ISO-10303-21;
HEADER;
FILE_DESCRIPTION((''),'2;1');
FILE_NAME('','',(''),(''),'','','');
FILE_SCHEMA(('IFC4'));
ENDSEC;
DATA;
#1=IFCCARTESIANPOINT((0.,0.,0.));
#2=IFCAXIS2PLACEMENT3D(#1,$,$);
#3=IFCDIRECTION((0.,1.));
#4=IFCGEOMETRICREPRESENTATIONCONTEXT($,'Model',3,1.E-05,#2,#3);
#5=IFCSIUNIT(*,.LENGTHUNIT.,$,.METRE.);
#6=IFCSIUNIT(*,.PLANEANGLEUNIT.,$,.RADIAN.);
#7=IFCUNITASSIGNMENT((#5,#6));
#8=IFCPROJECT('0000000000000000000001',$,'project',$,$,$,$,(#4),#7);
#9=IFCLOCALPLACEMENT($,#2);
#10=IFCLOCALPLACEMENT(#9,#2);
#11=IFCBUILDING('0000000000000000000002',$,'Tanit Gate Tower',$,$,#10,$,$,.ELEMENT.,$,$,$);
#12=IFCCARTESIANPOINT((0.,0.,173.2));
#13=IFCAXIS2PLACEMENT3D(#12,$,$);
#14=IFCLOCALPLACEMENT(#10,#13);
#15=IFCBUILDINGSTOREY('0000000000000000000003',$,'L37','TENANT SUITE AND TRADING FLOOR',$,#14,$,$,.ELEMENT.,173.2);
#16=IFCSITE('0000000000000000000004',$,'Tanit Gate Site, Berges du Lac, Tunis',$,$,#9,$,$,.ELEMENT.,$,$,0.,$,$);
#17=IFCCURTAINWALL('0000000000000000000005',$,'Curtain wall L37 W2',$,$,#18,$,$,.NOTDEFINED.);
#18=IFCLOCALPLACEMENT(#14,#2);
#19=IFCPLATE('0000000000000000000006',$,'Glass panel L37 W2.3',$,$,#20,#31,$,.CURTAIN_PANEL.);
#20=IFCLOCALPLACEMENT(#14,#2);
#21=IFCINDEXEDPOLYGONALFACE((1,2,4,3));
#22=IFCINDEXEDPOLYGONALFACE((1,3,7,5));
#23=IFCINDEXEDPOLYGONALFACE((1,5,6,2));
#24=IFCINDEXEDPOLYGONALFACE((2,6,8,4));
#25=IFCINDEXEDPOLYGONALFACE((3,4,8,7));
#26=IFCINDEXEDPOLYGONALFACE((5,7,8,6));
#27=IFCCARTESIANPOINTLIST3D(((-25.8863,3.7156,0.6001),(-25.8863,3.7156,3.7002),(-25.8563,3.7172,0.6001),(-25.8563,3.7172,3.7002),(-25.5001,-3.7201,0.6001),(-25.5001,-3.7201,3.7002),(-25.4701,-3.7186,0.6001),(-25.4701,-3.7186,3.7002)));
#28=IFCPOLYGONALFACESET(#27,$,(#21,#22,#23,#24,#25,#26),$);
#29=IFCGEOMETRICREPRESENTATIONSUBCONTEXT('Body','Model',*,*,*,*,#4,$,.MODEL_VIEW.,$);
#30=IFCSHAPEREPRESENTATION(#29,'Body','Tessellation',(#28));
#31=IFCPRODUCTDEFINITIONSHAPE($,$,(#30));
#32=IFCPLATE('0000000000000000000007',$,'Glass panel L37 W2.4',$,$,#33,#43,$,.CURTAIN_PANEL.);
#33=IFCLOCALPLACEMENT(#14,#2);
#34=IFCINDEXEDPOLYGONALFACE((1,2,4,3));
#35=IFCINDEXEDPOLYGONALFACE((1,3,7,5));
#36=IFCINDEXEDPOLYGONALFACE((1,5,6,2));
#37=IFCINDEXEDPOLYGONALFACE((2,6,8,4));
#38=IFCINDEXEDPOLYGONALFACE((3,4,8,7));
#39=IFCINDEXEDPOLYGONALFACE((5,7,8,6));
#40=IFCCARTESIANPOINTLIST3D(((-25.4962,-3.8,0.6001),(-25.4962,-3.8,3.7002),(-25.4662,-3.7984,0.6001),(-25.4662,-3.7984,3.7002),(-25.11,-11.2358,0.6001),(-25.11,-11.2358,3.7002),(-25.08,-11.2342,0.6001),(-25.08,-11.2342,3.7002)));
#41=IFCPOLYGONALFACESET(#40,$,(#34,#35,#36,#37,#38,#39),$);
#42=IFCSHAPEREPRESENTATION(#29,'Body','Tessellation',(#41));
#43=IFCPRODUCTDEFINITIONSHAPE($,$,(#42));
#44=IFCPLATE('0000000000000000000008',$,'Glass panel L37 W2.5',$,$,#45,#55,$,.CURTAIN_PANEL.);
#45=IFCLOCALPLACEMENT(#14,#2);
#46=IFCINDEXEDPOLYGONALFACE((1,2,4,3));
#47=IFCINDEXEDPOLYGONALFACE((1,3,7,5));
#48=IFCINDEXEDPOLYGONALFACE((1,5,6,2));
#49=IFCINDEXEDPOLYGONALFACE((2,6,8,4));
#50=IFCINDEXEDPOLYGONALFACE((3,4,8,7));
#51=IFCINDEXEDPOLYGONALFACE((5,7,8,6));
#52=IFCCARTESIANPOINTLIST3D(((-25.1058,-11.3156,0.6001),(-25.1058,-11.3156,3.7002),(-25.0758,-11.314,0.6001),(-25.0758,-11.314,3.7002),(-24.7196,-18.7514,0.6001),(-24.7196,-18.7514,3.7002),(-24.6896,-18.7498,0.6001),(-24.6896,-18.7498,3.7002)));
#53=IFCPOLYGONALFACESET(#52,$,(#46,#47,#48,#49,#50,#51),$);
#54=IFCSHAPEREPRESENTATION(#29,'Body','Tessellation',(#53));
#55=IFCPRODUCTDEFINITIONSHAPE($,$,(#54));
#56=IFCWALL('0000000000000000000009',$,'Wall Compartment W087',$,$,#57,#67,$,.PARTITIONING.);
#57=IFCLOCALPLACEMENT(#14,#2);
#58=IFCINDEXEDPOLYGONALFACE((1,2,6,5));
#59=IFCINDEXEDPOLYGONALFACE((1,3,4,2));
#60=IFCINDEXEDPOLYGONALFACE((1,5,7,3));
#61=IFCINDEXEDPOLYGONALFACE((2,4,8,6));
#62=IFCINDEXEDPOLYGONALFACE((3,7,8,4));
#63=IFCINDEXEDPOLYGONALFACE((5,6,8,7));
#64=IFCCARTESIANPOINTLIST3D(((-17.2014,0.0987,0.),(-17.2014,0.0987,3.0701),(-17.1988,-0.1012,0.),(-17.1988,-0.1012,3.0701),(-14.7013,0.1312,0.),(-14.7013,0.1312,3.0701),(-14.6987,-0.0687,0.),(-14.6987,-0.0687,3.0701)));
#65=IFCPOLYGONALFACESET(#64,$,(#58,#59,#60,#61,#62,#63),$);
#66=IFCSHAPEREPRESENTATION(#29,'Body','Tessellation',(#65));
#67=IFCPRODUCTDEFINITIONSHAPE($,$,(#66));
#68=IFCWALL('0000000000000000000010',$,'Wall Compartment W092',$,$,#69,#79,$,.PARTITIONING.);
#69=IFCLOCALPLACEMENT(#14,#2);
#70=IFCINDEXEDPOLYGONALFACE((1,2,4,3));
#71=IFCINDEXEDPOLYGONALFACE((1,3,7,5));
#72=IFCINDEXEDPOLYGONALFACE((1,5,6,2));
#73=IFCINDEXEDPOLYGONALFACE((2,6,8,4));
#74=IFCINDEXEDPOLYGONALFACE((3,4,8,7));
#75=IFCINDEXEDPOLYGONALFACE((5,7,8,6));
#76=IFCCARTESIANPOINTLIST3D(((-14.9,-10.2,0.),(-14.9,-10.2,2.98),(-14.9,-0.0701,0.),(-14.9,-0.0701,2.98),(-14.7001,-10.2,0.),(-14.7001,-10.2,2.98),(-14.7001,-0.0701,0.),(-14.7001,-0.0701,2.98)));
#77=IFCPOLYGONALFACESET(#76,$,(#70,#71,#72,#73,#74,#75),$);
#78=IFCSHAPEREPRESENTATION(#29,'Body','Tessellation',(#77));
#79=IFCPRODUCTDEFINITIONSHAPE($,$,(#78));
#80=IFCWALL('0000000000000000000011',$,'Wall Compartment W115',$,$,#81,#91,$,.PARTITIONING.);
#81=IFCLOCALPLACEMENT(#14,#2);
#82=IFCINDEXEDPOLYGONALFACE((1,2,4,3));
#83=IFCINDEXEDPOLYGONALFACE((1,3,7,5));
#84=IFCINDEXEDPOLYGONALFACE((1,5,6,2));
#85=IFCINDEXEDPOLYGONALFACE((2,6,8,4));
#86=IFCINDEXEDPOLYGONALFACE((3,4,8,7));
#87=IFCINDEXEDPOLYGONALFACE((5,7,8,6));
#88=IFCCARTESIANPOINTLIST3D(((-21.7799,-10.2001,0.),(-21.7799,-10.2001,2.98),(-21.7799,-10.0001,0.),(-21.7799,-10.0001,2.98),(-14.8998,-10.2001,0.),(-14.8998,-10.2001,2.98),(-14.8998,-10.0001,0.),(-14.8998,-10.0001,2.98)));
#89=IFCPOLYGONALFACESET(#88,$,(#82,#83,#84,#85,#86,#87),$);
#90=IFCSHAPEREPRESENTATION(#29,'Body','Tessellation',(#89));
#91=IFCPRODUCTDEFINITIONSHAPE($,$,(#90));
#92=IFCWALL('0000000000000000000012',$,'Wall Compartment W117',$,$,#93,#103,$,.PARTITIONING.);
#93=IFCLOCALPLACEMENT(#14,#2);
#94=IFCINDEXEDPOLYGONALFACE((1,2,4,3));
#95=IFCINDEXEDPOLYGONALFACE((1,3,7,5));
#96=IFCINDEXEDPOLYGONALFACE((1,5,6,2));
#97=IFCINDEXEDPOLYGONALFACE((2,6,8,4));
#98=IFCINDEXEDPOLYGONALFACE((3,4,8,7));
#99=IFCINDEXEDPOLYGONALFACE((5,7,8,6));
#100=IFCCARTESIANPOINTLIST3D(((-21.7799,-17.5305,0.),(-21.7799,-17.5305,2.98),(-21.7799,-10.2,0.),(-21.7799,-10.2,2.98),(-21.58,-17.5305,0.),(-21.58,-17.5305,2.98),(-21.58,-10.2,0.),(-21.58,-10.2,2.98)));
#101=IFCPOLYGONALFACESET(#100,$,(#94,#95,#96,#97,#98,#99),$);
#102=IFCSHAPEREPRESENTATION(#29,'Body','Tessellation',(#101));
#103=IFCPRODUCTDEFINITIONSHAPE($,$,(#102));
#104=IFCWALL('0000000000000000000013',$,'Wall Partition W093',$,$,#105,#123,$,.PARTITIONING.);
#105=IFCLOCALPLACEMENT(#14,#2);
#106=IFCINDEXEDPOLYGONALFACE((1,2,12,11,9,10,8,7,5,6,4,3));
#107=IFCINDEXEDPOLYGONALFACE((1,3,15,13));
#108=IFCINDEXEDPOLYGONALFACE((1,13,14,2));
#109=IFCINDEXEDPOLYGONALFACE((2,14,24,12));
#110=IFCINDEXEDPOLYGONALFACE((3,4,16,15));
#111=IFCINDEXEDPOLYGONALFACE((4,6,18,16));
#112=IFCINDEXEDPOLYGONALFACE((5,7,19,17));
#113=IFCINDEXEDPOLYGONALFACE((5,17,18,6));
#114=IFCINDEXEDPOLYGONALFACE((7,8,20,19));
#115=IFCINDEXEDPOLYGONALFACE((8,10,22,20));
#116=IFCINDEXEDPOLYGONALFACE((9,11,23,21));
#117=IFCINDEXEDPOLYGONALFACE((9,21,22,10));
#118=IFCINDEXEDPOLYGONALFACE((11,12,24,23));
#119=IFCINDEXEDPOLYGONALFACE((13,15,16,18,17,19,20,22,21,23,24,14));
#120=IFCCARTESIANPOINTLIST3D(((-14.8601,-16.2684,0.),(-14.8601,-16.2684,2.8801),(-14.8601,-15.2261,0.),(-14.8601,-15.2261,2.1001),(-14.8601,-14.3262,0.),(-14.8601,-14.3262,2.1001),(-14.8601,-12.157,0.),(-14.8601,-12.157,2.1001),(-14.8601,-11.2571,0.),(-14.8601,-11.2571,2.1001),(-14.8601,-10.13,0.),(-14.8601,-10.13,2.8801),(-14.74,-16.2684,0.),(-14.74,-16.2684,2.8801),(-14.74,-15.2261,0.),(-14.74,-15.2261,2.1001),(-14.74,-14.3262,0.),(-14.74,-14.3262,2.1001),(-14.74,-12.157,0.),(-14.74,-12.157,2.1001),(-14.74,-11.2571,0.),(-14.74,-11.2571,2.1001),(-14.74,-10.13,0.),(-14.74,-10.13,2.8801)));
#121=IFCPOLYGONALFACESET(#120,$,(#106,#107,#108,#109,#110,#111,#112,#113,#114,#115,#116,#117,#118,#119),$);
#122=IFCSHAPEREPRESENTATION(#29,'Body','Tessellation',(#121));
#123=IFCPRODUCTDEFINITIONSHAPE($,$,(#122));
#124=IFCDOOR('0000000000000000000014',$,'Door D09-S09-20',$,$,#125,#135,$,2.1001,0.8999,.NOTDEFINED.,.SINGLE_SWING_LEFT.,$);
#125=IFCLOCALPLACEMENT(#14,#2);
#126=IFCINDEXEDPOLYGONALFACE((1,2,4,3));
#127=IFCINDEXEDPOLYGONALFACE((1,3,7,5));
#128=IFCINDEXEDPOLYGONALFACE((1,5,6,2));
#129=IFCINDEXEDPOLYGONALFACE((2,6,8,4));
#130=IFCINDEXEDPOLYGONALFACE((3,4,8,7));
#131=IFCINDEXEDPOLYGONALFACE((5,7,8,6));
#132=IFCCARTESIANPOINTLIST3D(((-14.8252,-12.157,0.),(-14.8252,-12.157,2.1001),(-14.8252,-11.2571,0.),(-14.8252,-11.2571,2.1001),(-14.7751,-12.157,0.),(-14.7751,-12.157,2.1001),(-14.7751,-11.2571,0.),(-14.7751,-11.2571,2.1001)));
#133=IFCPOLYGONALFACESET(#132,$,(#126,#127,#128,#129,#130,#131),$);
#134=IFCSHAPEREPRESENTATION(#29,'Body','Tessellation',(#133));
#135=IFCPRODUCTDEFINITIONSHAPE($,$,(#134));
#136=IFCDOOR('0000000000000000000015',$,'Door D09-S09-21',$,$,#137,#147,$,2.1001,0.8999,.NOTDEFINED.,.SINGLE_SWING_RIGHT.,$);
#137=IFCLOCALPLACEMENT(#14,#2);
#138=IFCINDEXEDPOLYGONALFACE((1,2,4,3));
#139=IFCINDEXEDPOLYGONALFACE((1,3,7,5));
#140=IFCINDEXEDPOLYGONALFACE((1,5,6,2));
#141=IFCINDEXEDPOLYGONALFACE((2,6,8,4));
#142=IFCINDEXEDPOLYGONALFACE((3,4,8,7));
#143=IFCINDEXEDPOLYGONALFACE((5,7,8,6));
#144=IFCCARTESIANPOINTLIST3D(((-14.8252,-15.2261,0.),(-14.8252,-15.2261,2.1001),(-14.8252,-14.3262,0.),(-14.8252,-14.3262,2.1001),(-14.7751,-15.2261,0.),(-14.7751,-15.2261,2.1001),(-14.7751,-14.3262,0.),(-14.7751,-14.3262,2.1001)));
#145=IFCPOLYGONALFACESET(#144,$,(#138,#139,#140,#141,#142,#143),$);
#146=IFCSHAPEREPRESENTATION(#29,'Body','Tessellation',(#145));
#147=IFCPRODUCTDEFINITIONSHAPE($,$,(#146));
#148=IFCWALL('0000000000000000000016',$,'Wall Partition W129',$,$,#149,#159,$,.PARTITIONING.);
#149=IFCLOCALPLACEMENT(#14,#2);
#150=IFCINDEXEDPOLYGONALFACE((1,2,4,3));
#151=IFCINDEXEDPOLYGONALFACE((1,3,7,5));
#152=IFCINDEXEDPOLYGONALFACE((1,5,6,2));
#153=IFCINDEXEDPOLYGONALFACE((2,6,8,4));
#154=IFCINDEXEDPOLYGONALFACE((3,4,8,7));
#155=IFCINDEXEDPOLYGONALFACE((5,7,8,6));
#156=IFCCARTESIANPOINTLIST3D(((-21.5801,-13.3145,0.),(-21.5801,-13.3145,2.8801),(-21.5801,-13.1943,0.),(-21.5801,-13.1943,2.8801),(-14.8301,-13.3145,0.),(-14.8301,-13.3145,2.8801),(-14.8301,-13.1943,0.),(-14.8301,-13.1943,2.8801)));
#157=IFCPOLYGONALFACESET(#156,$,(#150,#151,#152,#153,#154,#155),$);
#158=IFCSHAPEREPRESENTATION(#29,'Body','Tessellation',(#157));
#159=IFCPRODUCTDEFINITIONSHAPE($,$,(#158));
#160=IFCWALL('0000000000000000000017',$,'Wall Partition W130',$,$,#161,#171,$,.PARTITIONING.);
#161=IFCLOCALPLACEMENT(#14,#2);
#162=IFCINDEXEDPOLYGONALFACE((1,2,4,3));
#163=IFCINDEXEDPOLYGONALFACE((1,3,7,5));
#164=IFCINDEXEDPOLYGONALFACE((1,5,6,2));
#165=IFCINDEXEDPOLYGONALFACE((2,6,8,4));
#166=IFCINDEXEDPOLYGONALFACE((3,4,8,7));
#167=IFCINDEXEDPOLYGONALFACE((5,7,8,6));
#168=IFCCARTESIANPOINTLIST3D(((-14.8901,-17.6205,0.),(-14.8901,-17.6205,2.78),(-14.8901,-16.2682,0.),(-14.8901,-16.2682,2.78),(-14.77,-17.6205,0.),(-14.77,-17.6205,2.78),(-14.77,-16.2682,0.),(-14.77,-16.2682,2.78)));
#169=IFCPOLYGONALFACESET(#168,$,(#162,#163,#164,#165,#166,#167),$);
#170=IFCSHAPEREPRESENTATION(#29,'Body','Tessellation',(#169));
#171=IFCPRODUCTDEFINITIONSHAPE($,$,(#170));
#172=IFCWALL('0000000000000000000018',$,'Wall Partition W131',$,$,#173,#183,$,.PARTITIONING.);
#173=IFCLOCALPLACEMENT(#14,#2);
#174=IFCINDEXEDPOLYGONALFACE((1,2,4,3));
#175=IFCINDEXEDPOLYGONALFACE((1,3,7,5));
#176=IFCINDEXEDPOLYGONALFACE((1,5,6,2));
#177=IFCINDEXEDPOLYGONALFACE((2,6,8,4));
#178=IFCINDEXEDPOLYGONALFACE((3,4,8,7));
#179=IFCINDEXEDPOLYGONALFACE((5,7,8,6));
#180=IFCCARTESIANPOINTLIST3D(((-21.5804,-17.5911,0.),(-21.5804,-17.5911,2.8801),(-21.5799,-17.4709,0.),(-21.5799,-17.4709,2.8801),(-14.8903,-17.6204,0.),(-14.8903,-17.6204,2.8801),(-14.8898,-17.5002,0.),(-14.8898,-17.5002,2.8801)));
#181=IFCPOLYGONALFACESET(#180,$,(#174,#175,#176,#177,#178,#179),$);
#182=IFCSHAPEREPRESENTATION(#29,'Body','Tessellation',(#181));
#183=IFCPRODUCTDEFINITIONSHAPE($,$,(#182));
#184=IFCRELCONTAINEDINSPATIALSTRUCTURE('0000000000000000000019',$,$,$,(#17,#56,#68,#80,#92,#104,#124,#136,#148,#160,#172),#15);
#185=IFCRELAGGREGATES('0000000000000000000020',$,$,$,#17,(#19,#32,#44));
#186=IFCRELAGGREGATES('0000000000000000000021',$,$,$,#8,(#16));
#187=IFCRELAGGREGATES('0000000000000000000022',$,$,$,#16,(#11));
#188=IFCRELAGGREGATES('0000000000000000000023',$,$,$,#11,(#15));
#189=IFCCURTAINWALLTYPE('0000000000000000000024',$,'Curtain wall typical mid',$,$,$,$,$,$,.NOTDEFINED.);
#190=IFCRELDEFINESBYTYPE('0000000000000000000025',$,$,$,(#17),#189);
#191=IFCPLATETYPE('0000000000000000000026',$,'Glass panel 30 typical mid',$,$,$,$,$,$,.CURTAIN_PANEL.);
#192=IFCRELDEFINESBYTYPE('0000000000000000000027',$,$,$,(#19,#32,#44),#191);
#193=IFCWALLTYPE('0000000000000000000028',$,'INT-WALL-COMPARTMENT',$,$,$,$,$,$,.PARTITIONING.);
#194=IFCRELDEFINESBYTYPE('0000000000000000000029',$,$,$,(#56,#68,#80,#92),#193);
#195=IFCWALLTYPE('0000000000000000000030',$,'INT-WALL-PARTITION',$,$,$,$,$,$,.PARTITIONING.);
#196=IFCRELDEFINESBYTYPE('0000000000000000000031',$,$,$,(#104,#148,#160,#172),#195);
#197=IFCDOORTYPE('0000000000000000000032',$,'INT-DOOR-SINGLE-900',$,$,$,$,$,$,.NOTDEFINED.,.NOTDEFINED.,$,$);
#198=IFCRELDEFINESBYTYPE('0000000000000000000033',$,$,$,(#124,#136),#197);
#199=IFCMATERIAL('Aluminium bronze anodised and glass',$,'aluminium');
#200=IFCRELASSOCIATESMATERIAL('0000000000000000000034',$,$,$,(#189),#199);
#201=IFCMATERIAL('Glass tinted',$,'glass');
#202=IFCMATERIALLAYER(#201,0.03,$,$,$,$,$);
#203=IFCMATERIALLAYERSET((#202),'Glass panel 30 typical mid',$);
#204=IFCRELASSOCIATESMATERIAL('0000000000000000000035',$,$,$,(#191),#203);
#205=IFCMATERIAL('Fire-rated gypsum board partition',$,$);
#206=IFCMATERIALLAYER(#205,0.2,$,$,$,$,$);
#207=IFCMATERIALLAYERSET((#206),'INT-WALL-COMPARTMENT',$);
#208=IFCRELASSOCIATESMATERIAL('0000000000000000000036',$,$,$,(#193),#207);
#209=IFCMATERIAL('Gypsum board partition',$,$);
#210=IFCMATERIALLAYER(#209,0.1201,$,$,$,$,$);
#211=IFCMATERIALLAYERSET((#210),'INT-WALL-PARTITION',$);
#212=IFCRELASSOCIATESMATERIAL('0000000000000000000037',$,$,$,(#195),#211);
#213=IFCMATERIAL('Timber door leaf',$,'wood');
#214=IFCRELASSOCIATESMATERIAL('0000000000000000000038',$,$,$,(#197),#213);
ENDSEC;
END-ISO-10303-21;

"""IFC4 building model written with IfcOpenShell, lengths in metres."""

from ifc_helpers import new_model, si_unit, direction, frame, frame_2d, origin, origin_2d, place, context, subcontext, project, spatial, rectangle, extrude, material, layer, layer_set, type_object, element, fill, aggregate, save


model = new_model("IFC4")

# Units and contexts
model_context = context("Model", 3, precision=1e-05, world=origin(), true_north=direction((0.0, 1.0)))
body_context = subcontext(model_context, "Body", "Model", "MODEL_VIEW")
ifc_project = project(units=[si_unit("LENGTHUNIT", "METRE"), si_unit("PLANEANGLEUNIT", "RADIAN")], contexts=[model_context])

# Site, building, storey
site_placement = place(None, origin())
site = spatial("IfcSite", under=ifc_project, at=site_placement, Name="Tanit Gate Site, Berges du Lac, Tunis", CompositionType="ELEMENT", RefElevation=0.0)
building_placement = place(site_placement, origin())
building = spatial("IfcBuilding", under=site, at=building_placement, Name="Tanit Gate Tower", CompositionType="ELEMENT")
storey_placement = place(building_placement, frame((0.0, 0.0, 173.2)))
storey = spatial("IfcBuildingStorey", under=building, at=storey_placement, Name="L37", Description="TENANT SUITE AND TRADING FLOOR", CompositionType="ELEMENT", Elevation=173.2)

# Curtain wall
ifc_material_1 = material(Name="Aluminium bronze anodised and glass", Category="aluminium")
curtain_wall_type = type_object("IfcCurtainWallType", Name="Curtain wall typical mid", PredefinedType="NOTDEFINED", material=ifc_material_1)
curtain_wall_placement = place(storey_placement, origin())
curtain_wall = element("IfcCurtainWall", 1, at=curtain_wall_placement, inside=storey, type_object=curtain_wall_type, Name="Curtain wall L37 W2", PredefinedType="NOTDEFINED")

# Plates
ifc_material_2 = material(Name="Glass tinted", Category="glass")
ifc_layer_1 = layer(ifc_material_2, 0.03)
ifc_layer_set_1 = layer_set([ifc_layer_1], Name="Glass panel 30 typical mid")
plate_type = type_object("IfcPlateType", Name="Glass panel 30 typical mid", PredefinedType="CURTAIN_PANEL", material=ifc_layer_set_1)
plate_1_placement = place(storey_placement, frame((-25.6782, -0.0015, 0.6001), z_axis=(0.0, 0.0, 1.0), x_axis=(0.051865, -0.998654, 0.0)))
plate_1 = element("IfcPlate", 2, at=plate_1_placement, type_object=plate_type, Name="Glass panel L37 W2.3", PredefinedType="CURTAIN_PANEL", context=body_context, shape_type="SweptSolid", body=[
    extrude(rectangle(XDim=7.4458, YDim=0.03, at=origin_2d()), origin(), (0.0, 0.0, 1.0), 3.1001),
])
plate_2_placement = place(storey_placement, frame((-25.2881, -7.5171, 0.6001), z_axis=(0.0, 0.0, 1.0), x_axis=(0.051865, -0.998654, 0.0)))
plate_2 = element("IfcPlate", 3, at=plate_2_placement, type_object=plate_type, Name="Glass panel L37 W2.4", PredefinedType="CURTAIN_PANEL", context=body_context, shape_type="SweptSolid", body=[
    extrude(rectangle(XDim=7.4458, YDim=0.03, at=origin_2d()), origin(), (0.0, 0.0, 1.0), 3.1001),
])
plate_3_placement = place(storey_placement, frame((-24.8977, -15.0327, 0.6001), z_axis=(0.0, 0.0, 1.0), x_axis=(0.051865, -0.998654, 0.0)))
plate_3 = element("IfcPlate", 4, at=plate_3_placement, type_object=plate_type, Name="Glass panel L37 W2.5", PredefinedType="CURTAIN_PANEL", context=body_context, shape_type="SweptSolid", body=[
    extrude(rectangle(XDim=7.4458, YDim=0.03, at=origin_2d()), origin(), (0.0, 0.0, 1.0), 3.1001),
])
aggregate(curtain_wall, [plate_1, plate_2, plate_3])

# Walls
ifc_material_3 = material(Name="Fire-rated gypsum board partition")
ifc_layer_2 = layer(ifc_material_3, 0.2)
ifc_layer_set_2 = layer_set([ifc_layer_2], Name="INT-WALL-COMPARTMENT")
wall_type_1 = type_object("IfcWallType", Name="INT-WALL-COMPARTMENT", PredefinedType="PARTITIONING", material=ifc_layer_set_2)
wall_1_placement = place(storey_placement, frame((-17.2, -0.0012, 0.0), z_axis=(0.0, 0.0, 1.0), x_axis=(0.999916, 0.012987, 0.0)))
element("IfcWall", 5, at=wall_1_placement, inside=storey, type_object=wall_type_1, Name="Wall Compartment W087", PredefinedType="PARTITIONING", context=body_context, shape_type="SweptSolid", body=[
    extrude(rectangle(XDim=2.5002, YDim=0.2, at=frame_2d((1.25, 0.0))), origin(), (0.0, 0.0, 1.0), 3.0701),
])
wall_2_placement = place(storey_placement, frame((-14.8, -0.0701, 0.0), z_axis=(0.0, 0.0, 1.0), x_axis=(0.0, -1.0, 0.0)))
element("IfcWall", 6, at=wall_2_placement, inside=storey, type_object=wall_type_1, Name="Wall Compartment W092", PredefinedType="PARTITIONING", context=body_context, shape_type="SweptSolid", body=[
    extrude(rectangle(XDim=10.1299, YDim=0.2, at=frame_2d((5.0649, 0.0))), origin(), (0.0, 0.0, 1.0), 2.98),
])
wall_3_placement = place(storey_placement, frame((-14.8999, -10.1001, 0.0), z_axis=(0.0, 0.0, 1.0), x_axis=(-1.0, 0.0, 0.0)))
element("IfcWall", 7, at=wall_3_placement, inside=storey, type_object=wall_type_1, Name="Wall Compartment W115", PredefinedType="PARTITIONING", context=body_context, shape_type="SweptSolid", body=[
    extrude(rectangle(XDim=6.8801, YDim=0.2, at=frame_2d((3.4399, 0.0))), origin(), (0.0, 0.0, 1.0), 2.98),
])
wall_4_placement = place(storey_placement, frame((-21.6799, -17.5305, 0.0), z_axis=(0.0, 0.0, 1.0), x_axis=(0.0, 1.0, 0.0)))
element("IfcWall", 8, at=wall_4_placement, inside=storey, type_object=wall_type_1, Name="Wall Compartment W117", PredefinedType="PARTITIONING", context=body_context, shape_type="SweptSolid", body=[
    extrude(rectangle(XDim=7.3306, YDim=0.2, at=frame_2d((3.6653, 0.0))), origin(), (0.0, 0.0, 1.0), 2.98),
])

# Wall, openings, doors
ifc_material_4 = material(Name="Gypsum board partition")
ifc_layer_3 = layer(ifc_material_4, 0.1201)
ifc_layer_set_3 = layer_set([ifc_layer_3], Name="INT-WALL-PARTITION")
wall_type_2 = type_object("IfcWallType", Name="INT-WALL-PARTITION", PredefinedType="PARTITIONING", material=ifc_layer_set_3)
wall_5_placement = place(storey_placement, frame((-14.8, -10.1299, 0.0), z_axis=(0.0, 0.0, 1.0), x_axis=(0.0, -1.0, 0.0)))
wall_5 = element("IfcWall", 9, at=wall_5_placement, inside=storey, type_object=wall_type_2, Name="Wall Partition W093", PredefinedType="PARTITIONING", context=body_context, shape_type="SweptSolid", body=[
    extrude(rectangle(XDim=6.1384, YDim=0.1201, at=frame_2d((3.0693, 0.0))), origin(), (0.0, 0.0, 1.0), 2.8801),
])
opening_1_placement = place(wall_5_placement, frame((1.1272, 0.0, 0.0)))
opening_1 = element("IfcOpeningElement", 10, at=opening_1_placement, cuts=wall_5, PredefinedType="OPENING", context=body_context, shape_type="SweptSolid", body=[
    extrude(rectangle(XDim=0.8999, YDim=2.1001, at=frame_2d((0.45, 1.05))), frame((0.0, 0.0701, 0.0), z_axis=(0.0, -1.0, 0.0), x_axis=(1.0, 0.0, 0.0)), (0.0, 0.0, 1.0), 0.1401),
])
opening_2_placement = place(wall_5_placement, frame((4.1963, 0.0, 0.0)))
opening_2 = element("IfcOpeningElement", 11, at=opening_2_placement, cuts=wall_5, PredefinedType="OPENING", context=body_context, shape_type="SweptSolid", body=[
    extrude(rectangle(XDim=0.8999, YDim=2.1001, at=frame_2d((0.45, 1.05))), frame((0.0, 0.0701, 0.0), z_axis=(0.0, -1.0, 0.0), x_axis=(1.0, 0.0, 0.0)), (0.0, 0.0, 1.0), 0.1401),
])
ifc_material_5 = material(Name="Timber door leaf", Category="wood")
door_type = type_object("IfcDoorType", Name="INT-DOOR-SINGLE-900", OperationType="NOTDEFINED", PredefinedType="NOTDEFINED", material=ifc_material_5)
door_1_placement = place(opening_1_placement, origin())
door_1 = element("IfcDoor", 12, at=door_1_placement, inside=storey, type_object=door_type, Name="Door D09-S09-20", OperationType="SINGLE_SWING_LEFT", OverallHeight=2.1001, OverallWidth=0.8999, PredefinedType="NOTDEFINED", context=body_context, shape_type="SweptSolid", body=[
    extrude(rectangle(XDim=0.8999, YDim=2.1001, at=frame_2d((0.45, 1.05))), frame((0.0, 0.0249, 0.0), z_axis=(0.0, -1.0, 0.0), x_axis=(1.0, 0.0, 0.0)), (0.0, 0.0, 1.0), 0.05),
])
fill(opening_1, door_1)
door_2_placement = place(opening_2_placement, origin())
door_2 = element("IfcDoor", 13, at=door_2_placement, inside=storey, type_object=door_type, Name="Door D09-S09-21", OperationType="SINGLE_SWING_RIGHT", OverallHeight=2.1001, OverallWidth=0.8999, PredefinedType="NOTDEFINED", context=body_context, shape_type="SweptSolid", body=[
    extrude(rectangle(XDim=0.8999, YDim=2.1001, at=frame_2d((0.45, 1.05))), frame((0.0, 0.0249, 0.0), z_axis=(0.0, -1.0, 0.0), x_axis=(1.0, 0.0, 0.0)), (0.0, 0.0, 1.0), 0.05),
])
fill(opening_2, door_2)

# Walls
wall_6_placement = place(storey_placement, frame((-14.8301, -13.2544, 0.0), z_axis=(0.0, 0.0, 1.0), x_axis=(-1.0, 0.0, 0.0)))
element("IfcWall", 14, at=wall_6_placement, inside=storey, type_object=wall_type_2, Name="Wall Partition W129", PredefinedType="PARTITIONING", context=body_context, shape_type="SweptSolid", body=[
    extrude(rectangle(XDim=6.75, YDim=0.1201, at=frame_2d((3.375, 0.0))), origin(), (0.0, 0.0, 1.0), 2.8801),
])
wall_7_placement = place(storey_placement, frame((-14.8301, -17.6206, 0.0), z_axis=(0.0, 0.0, 1.0), x_axis=(0.0, 1.0, 0.0)))
element("IfcWall", 15, at=wall_7_placement, inside=storey, type_object=wall_type_2, Name="Wall Partition W130", PredefinedType="PARTITIONING", context=body_context, shape_type="SweptSolid", body=[
    extrude(rectangle(XDim=1.3523, YDim=0.1201, at=frame_2d((0.6763, 0.0))), origin(), (0.0, 0.0, 1.0), 2.78),
])
wall_8_placement = place(storey_placement, frame((-14.8899, -17.5603, 0.0), z_axis=(0.0, 0.0, 1.0), x_axis=(-0.99999, 0.004379, 0.0)))
element("IfcWall", 16, at=wall_8_placement, inside=storey, type_object=wall_type_2, Name="Wall Partition W131", PredefinedType="PARTITIONING", context=body_context, shape_type="SweptSolid", body=[
    extrude(rectangle(XDim=6.6902, YDim=0.1201, at=frame_2d((3.3452, 0.0))), origin(), (0.0, 0.0, 1.0), 2.8801),
])

save(model, "model.ifc")
